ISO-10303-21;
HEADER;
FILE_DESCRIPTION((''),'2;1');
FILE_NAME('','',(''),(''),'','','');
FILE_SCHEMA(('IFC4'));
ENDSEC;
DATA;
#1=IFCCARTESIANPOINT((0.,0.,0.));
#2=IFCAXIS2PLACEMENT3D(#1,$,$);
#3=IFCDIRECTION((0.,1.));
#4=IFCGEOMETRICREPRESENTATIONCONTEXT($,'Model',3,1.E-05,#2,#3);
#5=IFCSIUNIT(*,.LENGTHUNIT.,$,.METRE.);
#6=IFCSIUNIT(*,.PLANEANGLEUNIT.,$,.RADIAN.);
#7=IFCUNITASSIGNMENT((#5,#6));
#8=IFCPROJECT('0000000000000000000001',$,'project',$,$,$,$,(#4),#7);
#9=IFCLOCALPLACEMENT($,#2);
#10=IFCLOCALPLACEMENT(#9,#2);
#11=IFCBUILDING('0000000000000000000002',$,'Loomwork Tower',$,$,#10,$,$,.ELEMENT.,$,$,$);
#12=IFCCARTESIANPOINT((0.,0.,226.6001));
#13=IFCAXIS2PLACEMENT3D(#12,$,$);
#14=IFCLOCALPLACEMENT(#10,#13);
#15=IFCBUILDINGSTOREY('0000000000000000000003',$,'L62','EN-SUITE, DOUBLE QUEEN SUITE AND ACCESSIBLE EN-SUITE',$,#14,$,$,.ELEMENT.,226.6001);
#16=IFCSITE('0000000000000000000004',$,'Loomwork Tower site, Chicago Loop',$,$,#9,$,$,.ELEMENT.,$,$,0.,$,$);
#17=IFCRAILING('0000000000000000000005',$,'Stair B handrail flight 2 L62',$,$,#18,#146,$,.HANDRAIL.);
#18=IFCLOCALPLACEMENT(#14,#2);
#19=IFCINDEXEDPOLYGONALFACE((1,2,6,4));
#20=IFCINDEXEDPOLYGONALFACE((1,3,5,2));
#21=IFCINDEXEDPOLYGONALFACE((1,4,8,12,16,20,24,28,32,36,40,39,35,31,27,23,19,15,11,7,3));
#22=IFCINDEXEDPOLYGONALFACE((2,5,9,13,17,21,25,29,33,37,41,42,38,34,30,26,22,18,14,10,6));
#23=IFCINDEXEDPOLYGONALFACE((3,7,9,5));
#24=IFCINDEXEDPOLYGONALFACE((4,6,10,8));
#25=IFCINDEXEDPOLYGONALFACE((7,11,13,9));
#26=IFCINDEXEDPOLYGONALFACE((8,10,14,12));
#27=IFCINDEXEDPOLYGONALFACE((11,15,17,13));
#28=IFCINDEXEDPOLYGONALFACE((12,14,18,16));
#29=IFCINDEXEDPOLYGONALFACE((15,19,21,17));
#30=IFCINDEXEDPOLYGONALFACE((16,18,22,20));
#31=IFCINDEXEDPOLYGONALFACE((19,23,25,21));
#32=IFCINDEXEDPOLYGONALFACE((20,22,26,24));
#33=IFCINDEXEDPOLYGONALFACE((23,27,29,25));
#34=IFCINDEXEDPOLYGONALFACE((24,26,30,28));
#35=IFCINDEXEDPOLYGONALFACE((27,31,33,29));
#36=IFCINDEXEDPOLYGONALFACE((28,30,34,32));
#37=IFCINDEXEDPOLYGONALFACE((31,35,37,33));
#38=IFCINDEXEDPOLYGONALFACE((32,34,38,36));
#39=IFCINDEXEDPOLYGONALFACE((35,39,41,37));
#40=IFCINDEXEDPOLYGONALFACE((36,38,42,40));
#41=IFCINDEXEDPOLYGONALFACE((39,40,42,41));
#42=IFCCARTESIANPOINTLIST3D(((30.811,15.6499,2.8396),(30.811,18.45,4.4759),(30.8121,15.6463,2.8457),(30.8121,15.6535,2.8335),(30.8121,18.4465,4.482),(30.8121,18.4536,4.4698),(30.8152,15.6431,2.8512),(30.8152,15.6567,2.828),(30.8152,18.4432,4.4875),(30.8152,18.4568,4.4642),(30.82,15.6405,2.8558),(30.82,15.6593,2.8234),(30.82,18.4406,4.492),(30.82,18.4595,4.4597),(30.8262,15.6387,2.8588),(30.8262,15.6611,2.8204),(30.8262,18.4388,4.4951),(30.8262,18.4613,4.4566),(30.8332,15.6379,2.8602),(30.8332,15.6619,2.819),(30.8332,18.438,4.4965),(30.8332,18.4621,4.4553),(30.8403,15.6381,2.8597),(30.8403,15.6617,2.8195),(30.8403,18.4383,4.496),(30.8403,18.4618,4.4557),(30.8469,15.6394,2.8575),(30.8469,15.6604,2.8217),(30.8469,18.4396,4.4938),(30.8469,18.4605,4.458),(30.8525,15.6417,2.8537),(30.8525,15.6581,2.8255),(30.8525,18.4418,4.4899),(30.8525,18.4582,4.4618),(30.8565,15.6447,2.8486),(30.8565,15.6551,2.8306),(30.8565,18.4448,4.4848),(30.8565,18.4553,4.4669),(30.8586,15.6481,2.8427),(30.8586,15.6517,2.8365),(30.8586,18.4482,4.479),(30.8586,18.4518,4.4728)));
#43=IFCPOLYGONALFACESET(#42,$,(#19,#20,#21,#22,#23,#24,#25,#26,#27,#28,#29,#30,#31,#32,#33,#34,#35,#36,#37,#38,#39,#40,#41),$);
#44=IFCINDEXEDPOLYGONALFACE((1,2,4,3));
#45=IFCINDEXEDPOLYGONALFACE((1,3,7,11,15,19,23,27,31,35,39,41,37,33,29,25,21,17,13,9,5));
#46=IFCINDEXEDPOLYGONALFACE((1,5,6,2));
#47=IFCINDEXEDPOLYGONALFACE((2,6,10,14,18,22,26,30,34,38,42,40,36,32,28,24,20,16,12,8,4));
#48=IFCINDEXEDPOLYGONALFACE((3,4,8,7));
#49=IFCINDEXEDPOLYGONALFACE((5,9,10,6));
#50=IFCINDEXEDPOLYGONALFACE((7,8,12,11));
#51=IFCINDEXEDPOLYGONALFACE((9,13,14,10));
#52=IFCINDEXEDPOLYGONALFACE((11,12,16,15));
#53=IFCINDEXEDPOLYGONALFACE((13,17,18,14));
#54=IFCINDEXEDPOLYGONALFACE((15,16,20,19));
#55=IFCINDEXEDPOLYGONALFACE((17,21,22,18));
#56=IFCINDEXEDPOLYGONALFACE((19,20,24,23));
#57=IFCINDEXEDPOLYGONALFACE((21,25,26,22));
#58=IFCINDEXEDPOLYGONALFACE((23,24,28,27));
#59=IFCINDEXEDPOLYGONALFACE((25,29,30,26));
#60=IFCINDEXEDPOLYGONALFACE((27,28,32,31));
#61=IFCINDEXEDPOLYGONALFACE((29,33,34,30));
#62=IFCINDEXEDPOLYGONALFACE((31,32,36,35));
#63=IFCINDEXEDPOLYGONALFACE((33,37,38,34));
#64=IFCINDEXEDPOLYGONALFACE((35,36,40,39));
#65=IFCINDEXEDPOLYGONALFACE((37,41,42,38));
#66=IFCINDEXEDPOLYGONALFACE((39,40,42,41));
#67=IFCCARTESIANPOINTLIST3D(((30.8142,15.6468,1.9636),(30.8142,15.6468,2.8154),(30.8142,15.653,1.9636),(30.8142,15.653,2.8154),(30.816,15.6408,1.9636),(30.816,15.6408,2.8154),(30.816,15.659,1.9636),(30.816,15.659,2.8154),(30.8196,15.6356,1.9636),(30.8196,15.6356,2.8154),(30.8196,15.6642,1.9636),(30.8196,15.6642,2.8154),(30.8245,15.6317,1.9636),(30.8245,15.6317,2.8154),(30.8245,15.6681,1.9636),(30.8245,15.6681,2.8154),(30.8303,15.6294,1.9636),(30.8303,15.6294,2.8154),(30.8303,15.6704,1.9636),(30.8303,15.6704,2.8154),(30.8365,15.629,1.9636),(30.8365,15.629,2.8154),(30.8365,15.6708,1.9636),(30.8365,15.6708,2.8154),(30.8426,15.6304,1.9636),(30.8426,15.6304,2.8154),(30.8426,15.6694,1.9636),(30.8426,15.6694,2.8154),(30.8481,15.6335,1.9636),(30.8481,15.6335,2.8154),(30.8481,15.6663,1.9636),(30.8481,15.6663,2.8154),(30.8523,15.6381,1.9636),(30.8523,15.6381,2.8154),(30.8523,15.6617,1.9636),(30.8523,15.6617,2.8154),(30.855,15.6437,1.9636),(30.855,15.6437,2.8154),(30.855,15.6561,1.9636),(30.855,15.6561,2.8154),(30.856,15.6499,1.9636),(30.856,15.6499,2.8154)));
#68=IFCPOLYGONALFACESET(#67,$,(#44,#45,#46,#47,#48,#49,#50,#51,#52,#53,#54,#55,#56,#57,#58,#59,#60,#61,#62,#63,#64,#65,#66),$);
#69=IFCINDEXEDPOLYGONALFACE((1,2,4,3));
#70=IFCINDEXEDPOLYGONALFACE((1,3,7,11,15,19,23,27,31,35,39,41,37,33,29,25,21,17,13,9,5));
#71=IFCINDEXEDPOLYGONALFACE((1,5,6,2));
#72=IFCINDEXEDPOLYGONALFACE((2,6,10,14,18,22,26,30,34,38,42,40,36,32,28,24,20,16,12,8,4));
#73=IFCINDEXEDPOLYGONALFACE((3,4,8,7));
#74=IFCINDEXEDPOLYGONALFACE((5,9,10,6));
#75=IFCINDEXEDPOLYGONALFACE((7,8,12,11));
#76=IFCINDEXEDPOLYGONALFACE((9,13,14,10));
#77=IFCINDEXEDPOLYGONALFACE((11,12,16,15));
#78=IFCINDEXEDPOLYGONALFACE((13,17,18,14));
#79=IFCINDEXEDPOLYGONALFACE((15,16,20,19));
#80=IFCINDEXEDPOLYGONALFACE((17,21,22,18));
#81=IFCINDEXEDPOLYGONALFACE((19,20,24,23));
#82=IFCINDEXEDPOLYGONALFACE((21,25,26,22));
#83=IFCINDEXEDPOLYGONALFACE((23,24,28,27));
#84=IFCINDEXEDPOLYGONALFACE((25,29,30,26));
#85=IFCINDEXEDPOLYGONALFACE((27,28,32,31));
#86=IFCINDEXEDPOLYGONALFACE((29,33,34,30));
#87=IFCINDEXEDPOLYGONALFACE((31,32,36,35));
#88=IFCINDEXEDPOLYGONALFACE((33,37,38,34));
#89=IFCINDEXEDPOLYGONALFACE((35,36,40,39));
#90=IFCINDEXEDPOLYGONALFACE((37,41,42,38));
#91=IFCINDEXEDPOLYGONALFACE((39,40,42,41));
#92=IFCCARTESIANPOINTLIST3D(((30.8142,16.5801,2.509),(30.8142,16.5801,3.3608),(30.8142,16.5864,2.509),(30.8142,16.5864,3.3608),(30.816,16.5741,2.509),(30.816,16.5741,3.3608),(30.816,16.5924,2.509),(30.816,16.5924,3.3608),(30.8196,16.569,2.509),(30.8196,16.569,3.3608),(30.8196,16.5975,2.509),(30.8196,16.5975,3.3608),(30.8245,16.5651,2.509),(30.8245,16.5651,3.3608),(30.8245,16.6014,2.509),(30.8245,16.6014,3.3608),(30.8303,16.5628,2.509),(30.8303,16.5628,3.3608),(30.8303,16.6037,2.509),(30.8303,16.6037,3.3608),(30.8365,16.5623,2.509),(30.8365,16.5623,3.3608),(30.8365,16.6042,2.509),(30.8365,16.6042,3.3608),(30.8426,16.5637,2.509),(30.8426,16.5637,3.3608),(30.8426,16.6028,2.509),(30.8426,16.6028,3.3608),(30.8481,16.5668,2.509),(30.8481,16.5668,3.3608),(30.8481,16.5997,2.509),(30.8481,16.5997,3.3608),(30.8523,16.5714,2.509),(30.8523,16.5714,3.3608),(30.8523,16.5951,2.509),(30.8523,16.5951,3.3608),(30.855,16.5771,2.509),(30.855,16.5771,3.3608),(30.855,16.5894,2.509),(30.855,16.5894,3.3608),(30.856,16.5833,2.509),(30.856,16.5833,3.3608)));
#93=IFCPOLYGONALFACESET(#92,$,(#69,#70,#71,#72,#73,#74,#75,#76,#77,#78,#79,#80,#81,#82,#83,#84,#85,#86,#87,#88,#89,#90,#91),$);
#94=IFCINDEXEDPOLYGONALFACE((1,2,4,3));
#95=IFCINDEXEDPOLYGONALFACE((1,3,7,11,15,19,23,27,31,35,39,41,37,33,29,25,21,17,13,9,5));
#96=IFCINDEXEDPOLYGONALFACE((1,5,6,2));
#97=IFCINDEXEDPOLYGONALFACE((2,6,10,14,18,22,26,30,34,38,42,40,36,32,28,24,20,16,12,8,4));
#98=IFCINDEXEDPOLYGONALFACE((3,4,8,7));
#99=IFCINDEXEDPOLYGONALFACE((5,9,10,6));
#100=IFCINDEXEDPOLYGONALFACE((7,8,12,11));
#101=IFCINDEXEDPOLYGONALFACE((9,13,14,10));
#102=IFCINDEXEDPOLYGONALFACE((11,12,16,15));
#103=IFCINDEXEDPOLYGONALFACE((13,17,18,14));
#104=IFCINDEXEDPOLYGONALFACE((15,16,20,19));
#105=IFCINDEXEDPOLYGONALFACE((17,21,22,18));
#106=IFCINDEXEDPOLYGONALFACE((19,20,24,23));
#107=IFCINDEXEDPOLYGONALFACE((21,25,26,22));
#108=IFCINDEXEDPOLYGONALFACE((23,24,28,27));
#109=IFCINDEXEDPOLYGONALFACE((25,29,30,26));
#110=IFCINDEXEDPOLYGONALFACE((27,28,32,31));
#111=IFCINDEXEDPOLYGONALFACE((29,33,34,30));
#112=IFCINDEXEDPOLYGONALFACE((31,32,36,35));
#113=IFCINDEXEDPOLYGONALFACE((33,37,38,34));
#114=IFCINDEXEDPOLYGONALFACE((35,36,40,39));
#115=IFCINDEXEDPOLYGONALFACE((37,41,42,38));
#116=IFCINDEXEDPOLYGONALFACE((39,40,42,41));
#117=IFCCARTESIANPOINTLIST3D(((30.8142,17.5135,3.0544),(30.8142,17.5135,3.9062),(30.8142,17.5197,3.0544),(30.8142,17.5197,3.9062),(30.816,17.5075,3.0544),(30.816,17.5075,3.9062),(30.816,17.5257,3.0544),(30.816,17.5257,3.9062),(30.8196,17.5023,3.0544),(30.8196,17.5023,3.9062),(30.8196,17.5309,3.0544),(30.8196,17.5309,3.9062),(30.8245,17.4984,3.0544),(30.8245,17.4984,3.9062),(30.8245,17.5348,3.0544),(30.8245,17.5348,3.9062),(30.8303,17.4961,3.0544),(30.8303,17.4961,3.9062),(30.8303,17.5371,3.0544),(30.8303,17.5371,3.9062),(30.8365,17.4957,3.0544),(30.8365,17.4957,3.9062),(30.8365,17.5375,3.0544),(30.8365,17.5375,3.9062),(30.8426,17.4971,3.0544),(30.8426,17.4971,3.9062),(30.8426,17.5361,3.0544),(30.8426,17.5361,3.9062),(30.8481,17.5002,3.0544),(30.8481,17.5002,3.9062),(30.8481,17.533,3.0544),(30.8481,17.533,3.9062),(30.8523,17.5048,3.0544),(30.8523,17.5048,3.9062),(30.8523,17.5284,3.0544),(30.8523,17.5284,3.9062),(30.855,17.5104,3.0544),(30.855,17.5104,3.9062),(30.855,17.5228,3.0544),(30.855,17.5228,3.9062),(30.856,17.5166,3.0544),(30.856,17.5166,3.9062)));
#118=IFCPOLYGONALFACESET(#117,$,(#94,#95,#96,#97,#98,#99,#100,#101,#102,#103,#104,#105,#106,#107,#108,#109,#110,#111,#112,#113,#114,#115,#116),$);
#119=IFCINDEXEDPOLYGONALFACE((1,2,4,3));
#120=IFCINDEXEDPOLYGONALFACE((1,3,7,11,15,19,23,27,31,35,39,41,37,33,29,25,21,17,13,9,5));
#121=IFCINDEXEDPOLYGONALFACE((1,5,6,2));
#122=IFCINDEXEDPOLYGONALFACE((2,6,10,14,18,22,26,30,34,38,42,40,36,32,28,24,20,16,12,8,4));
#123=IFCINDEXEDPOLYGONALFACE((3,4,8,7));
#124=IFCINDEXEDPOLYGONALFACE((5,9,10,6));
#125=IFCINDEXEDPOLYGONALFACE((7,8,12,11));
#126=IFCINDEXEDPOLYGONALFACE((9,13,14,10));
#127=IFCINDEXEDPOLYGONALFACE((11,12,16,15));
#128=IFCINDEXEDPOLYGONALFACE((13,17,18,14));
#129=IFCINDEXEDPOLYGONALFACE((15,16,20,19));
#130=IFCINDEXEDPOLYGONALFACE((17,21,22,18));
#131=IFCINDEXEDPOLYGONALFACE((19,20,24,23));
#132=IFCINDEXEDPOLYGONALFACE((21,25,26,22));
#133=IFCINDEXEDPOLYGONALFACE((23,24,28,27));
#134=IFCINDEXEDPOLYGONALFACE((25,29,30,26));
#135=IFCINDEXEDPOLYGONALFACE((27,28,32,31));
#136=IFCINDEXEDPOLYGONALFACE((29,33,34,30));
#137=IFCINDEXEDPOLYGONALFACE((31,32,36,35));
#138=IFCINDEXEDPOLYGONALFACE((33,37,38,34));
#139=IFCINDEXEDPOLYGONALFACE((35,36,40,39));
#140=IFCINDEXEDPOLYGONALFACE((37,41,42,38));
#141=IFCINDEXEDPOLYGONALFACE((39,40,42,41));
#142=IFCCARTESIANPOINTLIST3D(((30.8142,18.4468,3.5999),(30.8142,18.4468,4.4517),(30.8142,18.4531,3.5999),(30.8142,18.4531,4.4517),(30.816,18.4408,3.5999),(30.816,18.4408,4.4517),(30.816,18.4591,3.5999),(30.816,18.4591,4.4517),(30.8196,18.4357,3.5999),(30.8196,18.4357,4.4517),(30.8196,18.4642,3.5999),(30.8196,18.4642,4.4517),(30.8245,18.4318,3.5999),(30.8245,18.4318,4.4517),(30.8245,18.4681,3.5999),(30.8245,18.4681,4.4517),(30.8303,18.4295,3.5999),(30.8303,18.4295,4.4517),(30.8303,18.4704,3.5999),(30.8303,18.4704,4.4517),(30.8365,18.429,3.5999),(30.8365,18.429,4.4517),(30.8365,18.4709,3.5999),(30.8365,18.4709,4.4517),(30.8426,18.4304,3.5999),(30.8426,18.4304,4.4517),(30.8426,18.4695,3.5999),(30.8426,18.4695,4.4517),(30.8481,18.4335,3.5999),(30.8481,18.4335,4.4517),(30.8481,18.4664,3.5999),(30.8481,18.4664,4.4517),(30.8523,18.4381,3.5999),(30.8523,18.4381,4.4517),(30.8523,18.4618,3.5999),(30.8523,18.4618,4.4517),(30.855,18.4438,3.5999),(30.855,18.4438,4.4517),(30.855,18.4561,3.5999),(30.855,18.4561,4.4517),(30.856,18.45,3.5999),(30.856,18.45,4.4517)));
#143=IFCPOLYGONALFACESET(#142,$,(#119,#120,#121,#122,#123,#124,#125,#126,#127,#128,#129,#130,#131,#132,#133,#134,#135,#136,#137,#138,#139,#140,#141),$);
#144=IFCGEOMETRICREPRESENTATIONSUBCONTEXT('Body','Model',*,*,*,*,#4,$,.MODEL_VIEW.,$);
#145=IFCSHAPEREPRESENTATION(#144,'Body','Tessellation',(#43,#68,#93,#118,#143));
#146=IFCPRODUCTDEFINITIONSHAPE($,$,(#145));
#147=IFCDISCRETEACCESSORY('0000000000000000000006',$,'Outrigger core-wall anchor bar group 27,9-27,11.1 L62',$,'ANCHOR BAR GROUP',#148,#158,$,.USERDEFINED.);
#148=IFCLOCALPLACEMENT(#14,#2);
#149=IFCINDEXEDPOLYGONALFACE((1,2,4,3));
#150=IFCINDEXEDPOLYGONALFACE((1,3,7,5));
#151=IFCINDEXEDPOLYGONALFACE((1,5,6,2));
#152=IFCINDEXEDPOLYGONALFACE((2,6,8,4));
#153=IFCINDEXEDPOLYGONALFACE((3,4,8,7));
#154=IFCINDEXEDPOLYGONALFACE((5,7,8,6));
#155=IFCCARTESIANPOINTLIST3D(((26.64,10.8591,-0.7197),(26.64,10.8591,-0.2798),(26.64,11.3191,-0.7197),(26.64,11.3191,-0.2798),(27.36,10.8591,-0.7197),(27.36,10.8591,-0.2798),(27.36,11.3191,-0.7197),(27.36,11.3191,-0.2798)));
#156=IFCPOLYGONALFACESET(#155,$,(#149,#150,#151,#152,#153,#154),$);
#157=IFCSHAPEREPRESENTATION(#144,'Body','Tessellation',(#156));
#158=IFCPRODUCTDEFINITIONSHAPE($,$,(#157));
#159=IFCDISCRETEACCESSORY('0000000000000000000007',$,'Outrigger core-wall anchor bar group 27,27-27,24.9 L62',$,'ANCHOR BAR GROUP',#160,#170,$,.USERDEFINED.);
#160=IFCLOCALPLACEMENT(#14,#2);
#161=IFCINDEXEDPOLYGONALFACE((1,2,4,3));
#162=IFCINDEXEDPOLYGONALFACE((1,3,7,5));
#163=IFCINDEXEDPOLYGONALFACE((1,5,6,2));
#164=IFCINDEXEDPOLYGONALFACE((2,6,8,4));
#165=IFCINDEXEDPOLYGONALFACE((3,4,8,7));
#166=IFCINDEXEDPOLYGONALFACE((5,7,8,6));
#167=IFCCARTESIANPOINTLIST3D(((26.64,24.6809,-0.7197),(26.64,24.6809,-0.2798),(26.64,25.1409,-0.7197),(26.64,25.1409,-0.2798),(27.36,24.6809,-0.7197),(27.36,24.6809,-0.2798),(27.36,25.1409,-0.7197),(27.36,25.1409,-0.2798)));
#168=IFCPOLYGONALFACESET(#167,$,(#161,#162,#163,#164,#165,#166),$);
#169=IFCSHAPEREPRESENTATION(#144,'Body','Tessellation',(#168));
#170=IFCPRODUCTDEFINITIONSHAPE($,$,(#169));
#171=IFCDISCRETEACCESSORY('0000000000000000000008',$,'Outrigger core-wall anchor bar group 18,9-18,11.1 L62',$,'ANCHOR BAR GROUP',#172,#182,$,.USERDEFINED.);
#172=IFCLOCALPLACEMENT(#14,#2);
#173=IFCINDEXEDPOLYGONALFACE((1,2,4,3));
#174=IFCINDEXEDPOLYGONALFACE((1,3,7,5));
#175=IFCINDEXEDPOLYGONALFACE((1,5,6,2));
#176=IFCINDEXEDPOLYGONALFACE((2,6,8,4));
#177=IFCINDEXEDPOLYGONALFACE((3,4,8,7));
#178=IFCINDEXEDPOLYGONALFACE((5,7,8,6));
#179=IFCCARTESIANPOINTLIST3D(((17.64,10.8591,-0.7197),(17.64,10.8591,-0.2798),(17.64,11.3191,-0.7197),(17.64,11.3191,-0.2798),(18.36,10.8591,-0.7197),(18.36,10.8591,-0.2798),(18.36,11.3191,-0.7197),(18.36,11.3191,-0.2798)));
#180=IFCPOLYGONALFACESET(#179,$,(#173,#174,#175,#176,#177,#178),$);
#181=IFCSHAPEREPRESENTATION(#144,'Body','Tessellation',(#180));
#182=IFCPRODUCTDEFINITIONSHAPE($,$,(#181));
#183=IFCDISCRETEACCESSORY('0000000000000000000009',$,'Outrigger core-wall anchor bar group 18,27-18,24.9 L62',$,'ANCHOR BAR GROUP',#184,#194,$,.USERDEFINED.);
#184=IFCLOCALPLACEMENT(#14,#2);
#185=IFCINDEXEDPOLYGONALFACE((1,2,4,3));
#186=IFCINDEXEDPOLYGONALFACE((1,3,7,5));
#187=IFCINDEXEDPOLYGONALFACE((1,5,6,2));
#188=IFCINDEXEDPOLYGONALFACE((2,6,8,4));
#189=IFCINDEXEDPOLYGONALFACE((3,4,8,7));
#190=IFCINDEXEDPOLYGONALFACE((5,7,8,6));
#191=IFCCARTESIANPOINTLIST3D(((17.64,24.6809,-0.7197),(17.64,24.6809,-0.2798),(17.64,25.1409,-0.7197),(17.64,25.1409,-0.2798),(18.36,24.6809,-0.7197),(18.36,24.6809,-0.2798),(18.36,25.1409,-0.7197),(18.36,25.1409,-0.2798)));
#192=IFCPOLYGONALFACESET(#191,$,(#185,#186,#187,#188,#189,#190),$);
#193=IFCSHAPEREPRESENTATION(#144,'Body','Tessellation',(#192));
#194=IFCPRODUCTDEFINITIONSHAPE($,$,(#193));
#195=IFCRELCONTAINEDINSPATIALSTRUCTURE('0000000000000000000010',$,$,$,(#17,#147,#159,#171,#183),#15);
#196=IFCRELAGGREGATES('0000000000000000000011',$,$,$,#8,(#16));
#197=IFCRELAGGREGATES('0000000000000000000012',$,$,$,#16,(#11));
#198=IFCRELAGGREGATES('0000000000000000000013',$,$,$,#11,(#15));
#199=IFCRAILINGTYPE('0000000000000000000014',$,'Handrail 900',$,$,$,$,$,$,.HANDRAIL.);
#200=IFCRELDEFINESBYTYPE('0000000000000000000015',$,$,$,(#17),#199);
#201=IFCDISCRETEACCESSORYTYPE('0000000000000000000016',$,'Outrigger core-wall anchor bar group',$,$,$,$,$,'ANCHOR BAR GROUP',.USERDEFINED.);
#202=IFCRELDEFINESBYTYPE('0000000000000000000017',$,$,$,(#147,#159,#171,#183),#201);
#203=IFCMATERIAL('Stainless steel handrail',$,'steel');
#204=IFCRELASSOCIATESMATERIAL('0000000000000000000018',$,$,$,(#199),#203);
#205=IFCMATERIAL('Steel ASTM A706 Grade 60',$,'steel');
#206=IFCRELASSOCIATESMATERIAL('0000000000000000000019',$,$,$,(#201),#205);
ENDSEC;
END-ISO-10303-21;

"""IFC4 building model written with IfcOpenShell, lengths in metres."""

from ifc_helpers import new_model, si_unit, direction, frame, origin, origin_2d, place, context, subcontext, project, spatial, rectangle, circle, extrude, material, type_object, element, save


model = new_model("IFC4")

# Units and contexts
model_context = context("Model", 3, precision=1e-05, world=origin(), true_north=direction((0.0, 1.0)))
body_context = subcontext(model_context, "Body", "Model", "MODEL_VIEW")
ifc_project = project(units=[si_unit("LENGTHUNIT", "METRE"), si_unit("PLANEANGLEUNIT", "RADIAN")], contexts=[model_context])

# Site, building, storey
site_placement = place(None, origin())
site = spatial("IfcSite", under=ifc_project, at=site_placement, Name="Loomwork Tower site, Chicago Loop", CompositionType="ELEMENT", RefElevation=0.0)
building_placement = place(site_placement, origin())
building = spatial("IfcBuilding", under=site, at=building_placement, Name="Loomwork Tower", CompositionType="ELEMENT")
storey_placement = place(building_placement, frame((0.0, 0.0, 226.6001)))
storey = spatial("IfcBuildingStorey", under=building, at=storey_placement, Name="L62", Description="EN-SUITE, DOUBLE QUEEN SUITE AND ACCESSIBLE EN-SUITE", CompositionType="ELEMENT", Elevation=226.6001)

# Railing
ifc_material_1 = material(Name="Stainless steel handrail", Category="steel")
railing_type = type_object("IfcRailingType", Name="Handrail 900", PredefinedType="HANDRAIL", material=ifc_material_1)
railing_placement = place(storey_placement, frame((30.835, 15.6499, 1.9636)))
element("IfcRailing", 1, at=railing_placement, inside=storey, type_object=railing_type, Name="Stair B handrail flight 2 L62", PredefinedType="HANDRAIL", context=body_context, shape_type="SweptSolid", body=[
    extrude(circle(Radius=0.0239, at=origin_2d()), frame((0.0, 0.0, 0.876), z_axis=(0.0, 0.863394, 0.504531), x_axis=(-1.0, 0.0, 0.0)), (0.0, 0.0, 1.0), 3.2432),
    extrude(circle(Radius=0.021, at=origin_2d()), origin(), (0.0, 0.0, 1.0), 0.8518),
    extrude(circle(Radius=0.021, at=origin_2d()), frame((0.0, 0.9333, 0.5454)), (0.0, 0.0, 1.0), 0.8518),
    extrude(circle(Radius=0.021, at=origin_2d()), frame((0.0, 1.8667, 1.0908)), (0.0, 0.0, 1.0), 0.8518),
    extrude(circle(Radius=0.021, at=origin_2d()), frame((0.0, 2.8, 1.6362)), (0.0, 0.0, 1.0), 0.8518),
])

# Discrete accessories
ifc_material_2 = material(Name="Steel ASTM A706 Grade 60", Category="steel")
discrete_accessory_type = type_object("IfcDiscreteAccessoryType", Name="Outrigger core-wall anchor bar group", ElementType="ANCHOR BAR GROUP", PredefinedType="USERDEFINED", material=ifc_material_2)
for number, where, z_axis, x_axis, name in (
    (2, (27.0, 11.0891, -0.7197), (0.0, 0.0, 1.0), (1.0, 0.0, 0.0), "Outrigger core-wall anchor bar group 27,9-27,11.1 L62"),
    (3, (27.0, 24.9109, -0.7197), (0.0, 0.0, 1.0), (1.0, 0.0, 0.0), "Outrigger core-wall anchor bar group 27,27-27,24.9 L62"),
    (4, (18.0, 11.0891, -0.7197), (0.0, 0.0, 1.0), (1.0, 0.0, 0.0), "Outrigger core-wall anchor bar group 18,9-18,11.1 L62"),
    (5, (18.0, 24.9109, -0.7197), (0.0, 0.0, 1.0), (1.0, 0.0, 0.0), "Outrigger core-wall anchor bar group 18,27-18,24.9 L62"),
):
    element("IfcDiscreteAccessory", number, at=place(storey_placement, frame(where, z_axis=z_axis, x_axis=x_axis)), inside=storey, type_object=discrete_accessory_type, Name=name, ObjectType="ANCHOR BAR GROUP", PredefinedType="USERDEFINED", context=body_context, shape_type="SweptSolid", body=[
        extrude(rectangle(XDim=0.72, YDim=0.46, at=origin_2d()), origin(), (0.0, 0.0, 1.0), 0.4399),
    ])

save(model, "model.ifc")
